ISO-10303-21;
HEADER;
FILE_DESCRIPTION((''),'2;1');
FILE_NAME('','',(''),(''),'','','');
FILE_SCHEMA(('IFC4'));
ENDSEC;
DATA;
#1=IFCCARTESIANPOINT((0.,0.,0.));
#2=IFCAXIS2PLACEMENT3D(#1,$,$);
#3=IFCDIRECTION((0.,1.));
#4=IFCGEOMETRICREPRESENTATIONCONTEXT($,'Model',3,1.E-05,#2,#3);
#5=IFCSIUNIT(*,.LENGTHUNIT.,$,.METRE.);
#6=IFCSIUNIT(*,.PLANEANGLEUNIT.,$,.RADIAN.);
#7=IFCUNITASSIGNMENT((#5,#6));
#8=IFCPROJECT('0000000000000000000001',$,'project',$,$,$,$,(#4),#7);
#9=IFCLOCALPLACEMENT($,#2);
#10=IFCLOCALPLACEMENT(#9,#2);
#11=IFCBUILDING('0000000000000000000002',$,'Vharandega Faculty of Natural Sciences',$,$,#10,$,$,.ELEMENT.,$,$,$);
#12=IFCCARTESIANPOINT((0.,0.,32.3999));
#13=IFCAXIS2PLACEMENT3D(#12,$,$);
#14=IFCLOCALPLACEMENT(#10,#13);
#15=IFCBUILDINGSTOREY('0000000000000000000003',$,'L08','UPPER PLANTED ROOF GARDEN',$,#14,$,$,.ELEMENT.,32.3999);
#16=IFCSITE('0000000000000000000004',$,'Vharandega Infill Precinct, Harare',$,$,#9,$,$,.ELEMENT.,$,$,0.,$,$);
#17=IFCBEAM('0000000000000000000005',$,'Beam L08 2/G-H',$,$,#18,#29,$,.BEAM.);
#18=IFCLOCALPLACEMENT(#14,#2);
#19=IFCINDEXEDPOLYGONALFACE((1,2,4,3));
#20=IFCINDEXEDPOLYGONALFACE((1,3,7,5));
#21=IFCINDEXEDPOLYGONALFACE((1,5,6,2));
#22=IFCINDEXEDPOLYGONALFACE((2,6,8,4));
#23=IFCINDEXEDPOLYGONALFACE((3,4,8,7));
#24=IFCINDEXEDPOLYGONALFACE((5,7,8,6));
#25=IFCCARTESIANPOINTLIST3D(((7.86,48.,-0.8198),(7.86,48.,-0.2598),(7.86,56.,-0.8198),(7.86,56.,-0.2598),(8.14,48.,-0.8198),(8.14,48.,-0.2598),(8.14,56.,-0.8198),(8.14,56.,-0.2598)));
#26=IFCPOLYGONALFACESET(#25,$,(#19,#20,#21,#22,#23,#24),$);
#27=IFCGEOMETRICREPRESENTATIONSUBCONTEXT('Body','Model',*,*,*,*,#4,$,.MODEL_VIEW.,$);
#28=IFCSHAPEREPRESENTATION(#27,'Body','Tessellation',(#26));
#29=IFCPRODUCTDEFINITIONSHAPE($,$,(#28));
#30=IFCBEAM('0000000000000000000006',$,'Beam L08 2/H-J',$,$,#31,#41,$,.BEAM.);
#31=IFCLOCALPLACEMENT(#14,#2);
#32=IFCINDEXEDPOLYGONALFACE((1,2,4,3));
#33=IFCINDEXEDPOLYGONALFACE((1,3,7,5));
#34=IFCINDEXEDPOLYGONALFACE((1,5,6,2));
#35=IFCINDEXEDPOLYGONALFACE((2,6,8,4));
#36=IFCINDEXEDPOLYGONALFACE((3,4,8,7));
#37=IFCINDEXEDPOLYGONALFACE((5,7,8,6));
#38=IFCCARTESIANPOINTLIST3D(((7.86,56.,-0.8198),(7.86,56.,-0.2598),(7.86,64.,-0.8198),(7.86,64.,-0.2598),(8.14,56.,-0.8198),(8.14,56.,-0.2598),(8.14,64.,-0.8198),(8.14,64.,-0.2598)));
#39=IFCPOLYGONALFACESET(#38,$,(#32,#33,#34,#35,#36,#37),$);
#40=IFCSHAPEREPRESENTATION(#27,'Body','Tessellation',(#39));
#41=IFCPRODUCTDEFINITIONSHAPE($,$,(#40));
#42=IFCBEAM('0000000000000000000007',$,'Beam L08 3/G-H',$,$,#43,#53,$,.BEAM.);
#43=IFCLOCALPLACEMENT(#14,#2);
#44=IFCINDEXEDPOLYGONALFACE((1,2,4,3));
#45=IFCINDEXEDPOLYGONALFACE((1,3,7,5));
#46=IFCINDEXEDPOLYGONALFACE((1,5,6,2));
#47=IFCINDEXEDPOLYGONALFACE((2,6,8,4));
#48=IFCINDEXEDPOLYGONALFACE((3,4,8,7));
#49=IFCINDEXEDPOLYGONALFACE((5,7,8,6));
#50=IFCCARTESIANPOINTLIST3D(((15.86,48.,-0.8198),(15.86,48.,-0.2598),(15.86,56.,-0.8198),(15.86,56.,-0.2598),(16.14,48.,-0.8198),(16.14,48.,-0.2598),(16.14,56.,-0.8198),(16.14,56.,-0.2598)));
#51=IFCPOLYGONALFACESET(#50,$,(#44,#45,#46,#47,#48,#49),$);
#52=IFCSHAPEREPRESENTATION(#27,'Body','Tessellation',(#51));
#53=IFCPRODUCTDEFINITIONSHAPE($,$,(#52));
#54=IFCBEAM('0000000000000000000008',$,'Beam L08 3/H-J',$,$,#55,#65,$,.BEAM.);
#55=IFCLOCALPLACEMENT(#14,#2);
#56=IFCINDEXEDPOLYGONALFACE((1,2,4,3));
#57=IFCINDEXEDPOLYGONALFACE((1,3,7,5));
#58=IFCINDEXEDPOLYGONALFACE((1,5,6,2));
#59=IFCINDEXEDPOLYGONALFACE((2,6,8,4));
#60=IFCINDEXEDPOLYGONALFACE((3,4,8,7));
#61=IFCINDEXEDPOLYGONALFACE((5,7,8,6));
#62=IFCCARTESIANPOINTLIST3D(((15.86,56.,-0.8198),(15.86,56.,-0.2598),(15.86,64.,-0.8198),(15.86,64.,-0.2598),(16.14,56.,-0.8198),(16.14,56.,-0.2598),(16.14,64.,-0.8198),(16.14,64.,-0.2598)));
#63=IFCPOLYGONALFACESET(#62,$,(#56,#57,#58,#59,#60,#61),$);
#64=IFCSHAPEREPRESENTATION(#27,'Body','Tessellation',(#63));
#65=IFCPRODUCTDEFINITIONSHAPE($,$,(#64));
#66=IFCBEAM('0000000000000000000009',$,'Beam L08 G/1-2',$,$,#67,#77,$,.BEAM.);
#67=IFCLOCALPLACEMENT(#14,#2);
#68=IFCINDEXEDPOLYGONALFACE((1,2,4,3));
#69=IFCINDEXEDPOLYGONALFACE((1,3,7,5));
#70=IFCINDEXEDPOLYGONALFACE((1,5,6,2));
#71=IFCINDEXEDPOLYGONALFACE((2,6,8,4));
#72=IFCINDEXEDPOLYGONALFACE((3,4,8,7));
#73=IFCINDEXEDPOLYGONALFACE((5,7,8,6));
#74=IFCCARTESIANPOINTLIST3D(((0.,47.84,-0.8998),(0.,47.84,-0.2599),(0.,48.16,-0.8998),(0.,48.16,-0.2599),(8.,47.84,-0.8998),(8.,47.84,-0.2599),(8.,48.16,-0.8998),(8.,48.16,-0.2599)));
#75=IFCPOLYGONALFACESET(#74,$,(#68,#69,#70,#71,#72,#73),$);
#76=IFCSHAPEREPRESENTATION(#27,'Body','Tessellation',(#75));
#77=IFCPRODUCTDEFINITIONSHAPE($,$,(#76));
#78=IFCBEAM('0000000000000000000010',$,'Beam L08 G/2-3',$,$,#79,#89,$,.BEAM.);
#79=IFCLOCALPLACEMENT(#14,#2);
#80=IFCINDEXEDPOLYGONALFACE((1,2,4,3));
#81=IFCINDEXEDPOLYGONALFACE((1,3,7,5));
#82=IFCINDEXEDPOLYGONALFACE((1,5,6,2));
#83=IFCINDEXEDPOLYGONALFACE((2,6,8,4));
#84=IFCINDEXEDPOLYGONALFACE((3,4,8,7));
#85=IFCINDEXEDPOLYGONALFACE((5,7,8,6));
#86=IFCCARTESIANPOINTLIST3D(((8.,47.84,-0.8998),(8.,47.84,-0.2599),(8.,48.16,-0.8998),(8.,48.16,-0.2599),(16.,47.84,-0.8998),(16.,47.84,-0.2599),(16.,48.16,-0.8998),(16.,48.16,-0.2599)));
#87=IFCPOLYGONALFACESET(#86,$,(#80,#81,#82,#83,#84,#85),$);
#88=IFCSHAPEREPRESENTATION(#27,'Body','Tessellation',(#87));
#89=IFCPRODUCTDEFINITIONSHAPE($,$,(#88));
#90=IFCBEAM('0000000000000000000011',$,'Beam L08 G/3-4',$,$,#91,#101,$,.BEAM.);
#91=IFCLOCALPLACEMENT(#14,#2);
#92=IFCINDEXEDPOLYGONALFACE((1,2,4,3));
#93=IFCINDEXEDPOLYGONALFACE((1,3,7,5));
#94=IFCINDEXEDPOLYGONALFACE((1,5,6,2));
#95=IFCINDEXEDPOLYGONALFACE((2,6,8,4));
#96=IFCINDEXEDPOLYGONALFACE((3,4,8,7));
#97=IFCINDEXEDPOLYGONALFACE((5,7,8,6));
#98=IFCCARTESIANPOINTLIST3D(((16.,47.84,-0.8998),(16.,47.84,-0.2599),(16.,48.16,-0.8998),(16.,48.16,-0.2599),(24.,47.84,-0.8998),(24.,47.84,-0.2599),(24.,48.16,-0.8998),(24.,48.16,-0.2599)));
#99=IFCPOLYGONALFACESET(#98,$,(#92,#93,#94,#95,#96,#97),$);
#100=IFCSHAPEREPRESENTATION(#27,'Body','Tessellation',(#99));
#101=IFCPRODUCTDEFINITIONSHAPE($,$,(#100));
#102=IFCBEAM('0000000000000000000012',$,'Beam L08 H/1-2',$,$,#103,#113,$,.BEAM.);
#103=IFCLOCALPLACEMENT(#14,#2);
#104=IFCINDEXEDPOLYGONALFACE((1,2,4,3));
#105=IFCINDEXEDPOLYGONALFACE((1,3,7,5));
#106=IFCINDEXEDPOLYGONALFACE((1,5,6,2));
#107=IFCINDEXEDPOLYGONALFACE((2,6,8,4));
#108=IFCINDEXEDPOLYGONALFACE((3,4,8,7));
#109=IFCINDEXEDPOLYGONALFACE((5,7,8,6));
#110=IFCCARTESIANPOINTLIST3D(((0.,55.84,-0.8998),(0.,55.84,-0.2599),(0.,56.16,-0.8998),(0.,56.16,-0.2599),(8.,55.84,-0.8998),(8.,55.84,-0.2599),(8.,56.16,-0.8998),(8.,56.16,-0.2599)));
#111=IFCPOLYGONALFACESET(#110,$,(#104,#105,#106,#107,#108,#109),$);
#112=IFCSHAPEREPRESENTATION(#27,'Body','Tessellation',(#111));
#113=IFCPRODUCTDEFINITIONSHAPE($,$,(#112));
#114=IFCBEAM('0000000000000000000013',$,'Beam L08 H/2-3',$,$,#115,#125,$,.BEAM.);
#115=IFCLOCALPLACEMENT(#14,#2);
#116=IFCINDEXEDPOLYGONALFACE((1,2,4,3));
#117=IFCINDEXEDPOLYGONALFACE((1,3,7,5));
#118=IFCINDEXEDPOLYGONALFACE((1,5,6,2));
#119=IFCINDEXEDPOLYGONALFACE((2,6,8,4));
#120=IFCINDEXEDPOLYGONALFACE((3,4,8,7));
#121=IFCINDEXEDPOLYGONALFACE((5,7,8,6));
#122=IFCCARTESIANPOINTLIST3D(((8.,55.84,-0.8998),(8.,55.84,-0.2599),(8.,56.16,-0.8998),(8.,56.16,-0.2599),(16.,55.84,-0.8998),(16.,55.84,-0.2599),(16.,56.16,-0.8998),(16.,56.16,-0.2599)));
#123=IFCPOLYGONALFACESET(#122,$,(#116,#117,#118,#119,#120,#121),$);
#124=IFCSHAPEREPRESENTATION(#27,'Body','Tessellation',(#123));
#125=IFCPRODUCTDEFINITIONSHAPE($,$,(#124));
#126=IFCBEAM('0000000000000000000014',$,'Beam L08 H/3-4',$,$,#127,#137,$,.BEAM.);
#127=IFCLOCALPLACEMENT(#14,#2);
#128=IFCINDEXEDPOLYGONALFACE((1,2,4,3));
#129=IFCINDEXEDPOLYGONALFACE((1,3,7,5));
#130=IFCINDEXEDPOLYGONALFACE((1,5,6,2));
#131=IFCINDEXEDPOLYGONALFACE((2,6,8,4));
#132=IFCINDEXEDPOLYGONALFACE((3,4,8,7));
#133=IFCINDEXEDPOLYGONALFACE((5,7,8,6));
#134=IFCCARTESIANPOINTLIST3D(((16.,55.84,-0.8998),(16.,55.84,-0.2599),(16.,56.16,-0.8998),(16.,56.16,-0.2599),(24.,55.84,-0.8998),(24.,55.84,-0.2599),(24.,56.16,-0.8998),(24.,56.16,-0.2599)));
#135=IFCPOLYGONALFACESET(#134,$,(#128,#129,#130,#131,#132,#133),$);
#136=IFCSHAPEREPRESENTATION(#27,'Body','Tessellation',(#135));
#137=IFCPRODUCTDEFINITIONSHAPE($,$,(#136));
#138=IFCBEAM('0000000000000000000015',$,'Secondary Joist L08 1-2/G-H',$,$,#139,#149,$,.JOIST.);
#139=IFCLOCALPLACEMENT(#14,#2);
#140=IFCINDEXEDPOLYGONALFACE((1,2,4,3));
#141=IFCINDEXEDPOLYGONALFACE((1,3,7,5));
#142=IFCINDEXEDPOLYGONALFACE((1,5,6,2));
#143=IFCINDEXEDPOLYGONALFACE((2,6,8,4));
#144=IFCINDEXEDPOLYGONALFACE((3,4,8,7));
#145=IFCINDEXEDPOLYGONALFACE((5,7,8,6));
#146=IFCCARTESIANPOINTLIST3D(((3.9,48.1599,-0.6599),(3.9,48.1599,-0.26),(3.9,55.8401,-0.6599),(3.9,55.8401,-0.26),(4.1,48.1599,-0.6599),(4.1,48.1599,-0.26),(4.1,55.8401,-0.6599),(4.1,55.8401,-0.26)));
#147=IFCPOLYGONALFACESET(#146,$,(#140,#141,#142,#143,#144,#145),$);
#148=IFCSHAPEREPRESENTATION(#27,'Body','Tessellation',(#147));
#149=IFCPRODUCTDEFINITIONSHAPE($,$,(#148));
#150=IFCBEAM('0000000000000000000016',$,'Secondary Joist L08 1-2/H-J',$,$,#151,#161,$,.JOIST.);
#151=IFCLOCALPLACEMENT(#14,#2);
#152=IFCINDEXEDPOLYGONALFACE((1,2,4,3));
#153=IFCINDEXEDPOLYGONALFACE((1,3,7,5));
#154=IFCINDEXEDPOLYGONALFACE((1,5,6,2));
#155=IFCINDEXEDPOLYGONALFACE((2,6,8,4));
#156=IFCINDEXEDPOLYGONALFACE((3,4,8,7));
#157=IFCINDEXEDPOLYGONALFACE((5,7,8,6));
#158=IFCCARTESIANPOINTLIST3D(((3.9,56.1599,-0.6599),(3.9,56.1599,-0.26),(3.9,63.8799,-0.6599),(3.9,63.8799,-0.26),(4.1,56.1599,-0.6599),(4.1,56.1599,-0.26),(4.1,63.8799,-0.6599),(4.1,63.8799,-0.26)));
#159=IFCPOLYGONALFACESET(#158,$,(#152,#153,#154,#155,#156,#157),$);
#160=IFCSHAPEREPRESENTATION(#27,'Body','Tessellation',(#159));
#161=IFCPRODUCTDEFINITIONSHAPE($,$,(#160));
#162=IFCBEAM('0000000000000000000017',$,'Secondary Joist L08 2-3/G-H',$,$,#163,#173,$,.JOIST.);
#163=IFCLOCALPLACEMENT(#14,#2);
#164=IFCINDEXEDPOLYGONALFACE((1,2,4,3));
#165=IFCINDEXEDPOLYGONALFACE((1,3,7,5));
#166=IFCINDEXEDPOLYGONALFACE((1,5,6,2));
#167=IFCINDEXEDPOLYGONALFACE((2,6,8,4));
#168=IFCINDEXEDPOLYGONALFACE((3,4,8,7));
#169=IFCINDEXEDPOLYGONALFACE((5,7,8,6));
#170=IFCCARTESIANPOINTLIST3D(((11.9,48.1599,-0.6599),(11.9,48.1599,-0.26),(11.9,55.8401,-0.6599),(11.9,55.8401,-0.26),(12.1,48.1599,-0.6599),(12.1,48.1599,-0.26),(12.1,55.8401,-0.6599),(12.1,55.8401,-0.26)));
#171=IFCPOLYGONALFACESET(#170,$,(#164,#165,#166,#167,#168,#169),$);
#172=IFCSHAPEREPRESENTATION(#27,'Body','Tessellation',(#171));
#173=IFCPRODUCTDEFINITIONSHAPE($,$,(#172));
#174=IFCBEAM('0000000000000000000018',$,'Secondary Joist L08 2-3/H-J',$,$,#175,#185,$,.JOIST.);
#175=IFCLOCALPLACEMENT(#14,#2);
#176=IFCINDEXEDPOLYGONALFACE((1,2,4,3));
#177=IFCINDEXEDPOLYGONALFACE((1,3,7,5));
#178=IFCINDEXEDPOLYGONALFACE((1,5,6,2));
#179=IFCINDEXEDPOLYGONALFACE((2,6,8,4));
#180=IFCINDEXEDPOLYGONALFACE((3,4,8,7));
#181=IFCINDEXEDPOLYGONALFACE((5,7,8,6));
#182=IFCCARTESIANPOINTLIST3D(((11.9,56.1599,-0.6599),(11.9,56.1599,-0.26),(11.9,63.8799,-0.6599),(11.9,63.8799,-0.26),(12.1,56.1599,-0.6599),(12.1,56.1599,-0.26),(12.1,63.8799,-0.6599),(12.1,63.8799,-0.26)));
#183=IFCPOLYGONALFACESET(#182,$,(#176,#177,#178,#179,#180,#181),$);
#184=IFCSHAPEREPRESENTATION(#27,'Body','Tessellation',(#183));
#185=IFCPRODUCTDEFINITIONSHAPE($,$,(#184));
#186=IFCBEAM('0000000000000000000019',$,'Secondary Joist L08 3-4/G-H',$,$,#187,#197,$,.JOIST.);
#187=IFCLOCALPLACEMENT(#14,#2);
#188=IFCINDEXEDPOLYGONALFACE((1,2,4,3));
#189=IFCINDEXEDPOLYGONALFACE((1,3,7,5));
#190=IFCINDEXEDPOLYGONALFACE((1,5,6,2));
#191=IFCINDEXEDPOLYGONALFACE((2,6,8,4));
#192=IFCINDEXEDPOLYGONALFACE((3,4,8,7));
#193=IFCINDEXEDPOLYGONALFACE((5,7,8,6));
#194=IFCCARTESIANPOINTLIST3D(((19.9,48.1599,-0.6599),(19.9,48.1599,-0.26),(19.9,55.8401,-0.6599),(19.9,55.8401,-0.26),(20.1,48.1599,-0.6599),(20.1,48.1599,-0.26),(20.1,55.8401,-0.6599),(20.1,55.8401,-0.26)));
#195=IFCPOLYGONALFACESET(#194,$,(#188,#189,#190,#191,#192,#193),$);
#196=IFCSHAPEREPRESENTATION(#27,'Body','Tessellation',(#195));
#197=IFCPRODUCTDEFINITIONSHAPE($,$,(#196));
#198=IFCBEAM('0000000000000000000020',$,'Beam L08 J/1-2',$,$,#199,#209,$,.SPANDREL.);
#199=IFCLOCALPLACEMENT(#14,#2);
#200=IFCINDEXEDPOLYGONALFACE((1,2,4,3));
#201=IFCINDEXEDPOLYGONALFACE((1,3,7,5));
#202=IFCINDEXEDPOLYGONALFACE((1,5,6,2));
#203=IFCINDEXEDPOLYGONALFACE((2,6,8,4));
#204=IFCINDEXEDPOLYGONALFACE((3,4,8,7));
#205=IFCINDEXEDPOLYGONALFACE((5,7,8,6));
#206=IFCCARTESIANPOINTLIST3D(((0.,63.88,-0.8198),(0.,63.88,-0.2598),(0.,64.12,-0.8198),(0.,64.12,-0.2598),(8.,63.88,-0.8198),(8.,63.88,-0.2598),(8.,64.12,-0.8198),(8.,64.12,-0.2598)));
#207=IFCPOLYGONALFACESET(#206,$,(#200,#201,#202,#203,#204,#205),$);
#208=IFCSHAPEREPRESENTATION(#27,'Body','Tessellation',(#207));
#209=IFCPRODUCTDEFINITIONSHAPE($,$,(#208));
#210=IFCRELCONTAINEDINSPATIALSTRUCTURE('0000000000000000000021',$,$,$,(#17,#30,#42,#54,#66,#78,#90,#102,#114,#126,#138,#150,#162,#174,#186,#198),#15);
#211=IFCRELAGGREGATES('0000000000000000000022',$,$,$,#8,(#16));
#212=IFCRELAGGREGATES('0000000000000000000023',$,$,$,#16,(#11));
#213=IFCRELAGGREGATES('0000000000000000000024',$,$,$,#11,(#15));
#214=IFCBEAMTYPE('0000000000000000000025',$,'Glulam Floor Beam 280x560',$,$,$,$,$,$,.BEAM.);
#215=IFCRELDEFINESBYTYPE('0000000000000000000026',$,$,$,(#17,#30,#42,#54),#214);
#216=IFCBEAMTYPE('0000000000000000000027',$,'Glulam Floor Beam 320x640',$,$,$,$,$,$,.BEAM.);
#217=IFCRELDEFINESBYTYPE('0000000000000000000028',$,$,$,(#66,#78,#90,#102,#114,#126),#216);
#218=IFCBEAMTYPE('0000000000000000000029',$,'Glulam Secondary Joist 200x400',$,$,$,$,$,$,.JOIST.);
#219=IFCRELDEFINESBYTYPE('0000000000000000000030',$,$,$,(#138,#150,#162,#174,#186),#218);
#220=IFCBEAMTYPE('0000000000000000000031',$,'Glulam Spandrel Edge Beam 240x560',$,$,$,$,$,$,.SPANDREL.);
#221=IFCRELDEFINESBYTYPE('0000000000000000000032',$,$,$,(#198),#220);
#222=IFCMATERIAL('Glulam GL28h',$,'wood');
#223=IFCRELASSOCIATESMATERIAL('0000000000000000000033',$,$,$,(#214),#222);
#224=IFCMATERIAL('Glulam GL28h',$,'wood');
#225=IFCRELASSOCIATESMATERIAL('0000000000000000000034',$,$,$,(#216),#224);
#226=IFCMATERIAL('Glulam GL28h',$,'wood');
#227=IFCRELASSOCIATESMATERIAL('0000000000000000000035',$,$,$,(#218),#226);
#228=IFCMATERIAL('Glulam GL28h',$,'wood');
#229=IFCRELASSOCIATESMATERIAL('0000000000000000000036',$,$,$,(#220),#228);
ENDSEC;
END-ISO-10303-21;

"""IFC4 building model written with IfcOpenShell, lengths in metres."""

from ifc_helpers import new_model, si_unit, direction, frame, origin, origin_2d, place, context, subcontext, project, spatial, rectangle, extrude, material, material_profile, profile_set, type_object, element, save


model = new_model("IFC4")

# Units and contexts
model_context = context("Model", 3, precision=1e-05, world=origin(), true_north=direction((0.0, 1.0)))
body_context = subcontext(model_context, "Body", "Model", "MODEL_VIEW")
ifc_project = project(units=[si_unit("LENGTHUNIT", "METRE"), si_unit("PLANEANGLEUNIT", "RADIAN")], contexts=[model_context])

# Site, building, storey
site_placement = place(None, origin())
site = spatial("IfcSite", under=ifc_project, at=site_placement, Name="Vharandega Infill Precinct, Harare", CompositionType="ELEMENT", RefElevation=0.0)
building_placement = place(site_placement, origin())
building = spatial("IfcBuilding", under=site, at=building_placement, Name="Vharandega Faculty of Natural Sciences", CompositionType="ELEMENT")
storey_placement = place(building_placement, frame((0.0, 0.0, 32.3999)))
storey = spatial("IfcBuildingStorey", under=building, at=storey_placement, Name="L08", Description="UPPER PLANTED ROOF GARDEN", CompositionType="ELEMENT", Elevation=32.3999)

# Beams
ifc_material_1 = material(Name="Glulam GL28h", Category="wood")
ifc_material_profile_1 = material_profile(ifc_material_1, rectangle(XDim=0.28, YDim=0.5601, at=origin_2d()), Name="GL28h 280x560")
ifc_profile_set_1 = profile_set([ifc_material_profile_1], Name="Glulam GL28h")
beam_type_1 = type_object("IfcBeamType", Name="Glulam Floor Beam 280x560", PredefinedType="BEAM", material=ifc_profile_set_1)
for number, where, z_axis, x_axis, name in (
    (1, (8.0, 48.0, -0.5398), (0.0, 1.0, 0.0), (-1.0, 0.0, 0.0), "Beam L08 2/G-H"),
    (2, (8.0, 56.0, -0.5398), (0.0, 1.0, 0.0), (-1.0, 0.0, 0.0), "Beam L08 2/H-J"),
    (3, (16.0, 48.0, -0.5398), (0.0, 1.0, 0.0), (-1.0, 0.0, 0.0), "Beam L08 3/G-H"),
    (4, (16.0, 56.0, -0.5398), (0.0, 1.0, 0.0), (-1.0, 0.0, 0.0), "Beam L08 3/H-J"),
):
    element("IfcBeam", number, at=place(storey_placement, frame(where, z_axis=z_axis, x_axis=x_axis)), inside=storey, type_object=beam_type_1, Name=name, PredefinedType="BEAM", context=body_context, shape_type="SweptSolid", body=[
        extrude(rectangle(XDim=0.28, YDim=0.5601, at=origin_2d()), origin(), (0.0, 0.0, 1.0), 8.0),
    ])
ifc_material_2 = material(Name="Glulam GL28h", Category="wood")
ifc_material_profile_2 = material_profile(ifc_material_2, rectangle(XDim=0.3201, YDim=0.6399, at=origin_2d()), Name="GL28h 320x640")
ifc_profile_set_2 = profile_set([ifc_material_profile_2], Name="Glulam GL28h")
beam_type_2 = type_object("IfcBeamType", Name="Glulam Floor Beam 320x640", PredefinedType="BEAM", material=ifc_profile_set_2)
for number, where, z_axis, x_axis, name in (
    (5, (0.0, 48.0, -0.5798), (1.0, 0.0, 0.0), (0.0, 1.0, 0.0), "Beam L08 G/1-2"),
    (6, (8.0, 48.0, -0.5798), (1.0, 0.0, 0.0), (0.0, 1.0, 0.0), "Beam L08 G/2-3"),
    (7, (16.0, 48.0, -0.5798), (1.0, 0.0, 0.0), (0.0, 1.0, 0.0), "Beam L08 G/3-4"),
    (8, (0.0, 56.0, -0.5798), (1.0, 0.0, 0.0), (0.0, 1.0, 0.0), "Beam L08 H/1-2"),
    (9, (8.0, 56.0, -0.5798), (1.0, 0.0, 0.0), (0.0, 1.0, 0.0), "Beam L08 H/2-3"),
    (10, (16.0, 56.0, -0.5798), (1.0, 0.0, 0.0), (0.0, 1.0, 0.0), "Beam L08 H/3-4"),
):
    element("IfcBeam", number, at=place(storey_placement, frame(where, z_axis=z_axis, x_axis=x_axis)), inside=storey, type_object=beam_type_2, Name=name, PredefinedType="BEAM", context=body_context, shape_type="SweptSolid", body=[
        extrude(rectangle(XDim=0.3201, YDim=0.6399, at=origin_2d()), origin(), (0.0, 0.0, 1.0), 8.0),
    ])
ifc_material_3 = material(Name="Glulam GL28h", Category="wood")
ifc_material_profile_3 = material_profile(ifc_material_3, rectangle(XDim=0.2, YDim=0.3999, at=origin_2d()), Name="GL28h 200x400")
ifc_profile_set_3 = profile_set([ifc_material_profile_3], Name="Glulam GL28h")
beam_type_3 = type_object("IfcBeamType", Name="Glulam Secondary Joist 200x400", PredefinedType="JOIST", material=ifc_profile_set_3)
beam_1_placement = place(storey_placement, frame((4.0, 48.1599, -0.46), z_axis=(0.0, 1.0, 0.0), x_axis=(-1.0, 0.0, 0.0)))
element("IfcBeam", 11, at=beam_1_placement, inside=storey, type_object=beam_type_3, Name="Secondary Joist L08 1-2/G-H", PredefinedType="JOIST", context=body_context, shape_type="SweptSolid", body=[
    extrude(rectangle(XDim=0.2, YDim=0.3999, at=origin_2d()), origin(), (0.0, 0.0, 1.0), 7.6802),
])
beam_2_placement = place(storey_placement, frame((4.0, 56.1599, -0.46), z_axis=(0.0, 1.0, 0.0), x_axis=(-1.0, 0.0, 0.0)))
element("IfcBeam", 12, at=beam_2_placement, inside=storey, type_object=beam_type_3, Name="Secondary Joist L08 1-2/H-J", PredefinedType="JOIST", context=body_context, shape_type="SweptSolid", body=[
    extrude(rectangle(XDim=0.2, YDim=0.3999, at=origin_2d()), origin(), (0.0, 0.0, 1.0), 7.72),
])
beam_3_placement = place(storey_placement, frame((12.0, 48.1599, -0.46), z_axis=(0.0, 1.0, 0.0), x_axis=(-1.0, 0.0, 0.0)))
element("IfcBeam", 13, at=beam_3_placement, inside=storey, type_object=beam_type_3, Name="Secondary Joist L08 2-3/G-H", PredefinedType="JOIST", context=body_context, shape_type="SweptSolid", body=[
    extrude(rectangle(XDim=0.2, YDim=0.3999, at=origin_2d()), origin(), (0.0, 0.0, 1.0), 7.6802),
])
beam_4_placement = place(storey_placement, frame((12.0, 56.1599, -0.46), z_axis=(0.0, 1.0, 0.0), x_axis=(-1.0, 0.0, 0.0)))
element("IfcBeam", 14, at=beam_4_placement, inside=storey, type_object=beam_type_3, Name="Secondary Joist L08 2-3/H-J", PredefinedType="JOIST", context=body_context, shape_type="SweptSolid", body=[
    extrude(rectangle(XDim=0.2, YDim=0.3999, at=origin_2d()), origin(), (0.0, 0.0, 1.0), 7.72),
])
beam_5_placement = place(storey_placement, frame((20.0, 48.1599, -0.46), z_axis=(0.0, 1.0, 0.0), x_axis=(-1.0, 0.0, 0.0)))
element("IfcBeam", 15, at=beam_5_placement, inside=storey, type_object=beam_type_3, Name="Secondary Joist L08 3-4/G-H", PredefinedType="JOIST", context=body_context, shape_type="SweptSolid", body=[
    extrude(rectangle(XDim=0.2, YDim=0.3999, at=origin_2d()), origin(), (0.0, 0.0, 1.0), 7.6802),
])
ifc_material_4 = material(Name="Glulam GL28h", Category="wood")
ifc_material_profile_4 = material_profile(ifc_material_4, rectangle(XDim=0.24, YDim=0.5601, at=origin_2d()), Name="GL28h 240x560")
ifc_profile_set_4 = profile_set([ifc_material_profile_4], Name="Glulam GL28h")
beam_type_4 = type_object("IfcBeamType", Name="Glulam Spandrel Edge Beam 240x560", PredefinedType="SPANDREL", material=ifc_profile_set_4)
for number, where, z_axis, x_axis, name in (
    (16, (0.0, 64.0, -0.5398), (1.0, 0.0, 0.0), (0.0, 1.0, 0.0), "Beam L08 J/1-2"),
):
    element("IfcBeam", number, at=place(storey_placement, frame(where, z_axis=z_axis, x_axis=x_axis)), inside=storey, type_object=beam_type_4, Name=name, PredefinedType="SPANDREL", context=body_context, shape_type="SweptSolid", body=[
        extrude(rectangle(XDim=0.24, YDim=0.5601, at=origin_2d()), origin(), (0.0, 0.0, 1.0), 8.0),
    ])

save(model, "model.ifc")
